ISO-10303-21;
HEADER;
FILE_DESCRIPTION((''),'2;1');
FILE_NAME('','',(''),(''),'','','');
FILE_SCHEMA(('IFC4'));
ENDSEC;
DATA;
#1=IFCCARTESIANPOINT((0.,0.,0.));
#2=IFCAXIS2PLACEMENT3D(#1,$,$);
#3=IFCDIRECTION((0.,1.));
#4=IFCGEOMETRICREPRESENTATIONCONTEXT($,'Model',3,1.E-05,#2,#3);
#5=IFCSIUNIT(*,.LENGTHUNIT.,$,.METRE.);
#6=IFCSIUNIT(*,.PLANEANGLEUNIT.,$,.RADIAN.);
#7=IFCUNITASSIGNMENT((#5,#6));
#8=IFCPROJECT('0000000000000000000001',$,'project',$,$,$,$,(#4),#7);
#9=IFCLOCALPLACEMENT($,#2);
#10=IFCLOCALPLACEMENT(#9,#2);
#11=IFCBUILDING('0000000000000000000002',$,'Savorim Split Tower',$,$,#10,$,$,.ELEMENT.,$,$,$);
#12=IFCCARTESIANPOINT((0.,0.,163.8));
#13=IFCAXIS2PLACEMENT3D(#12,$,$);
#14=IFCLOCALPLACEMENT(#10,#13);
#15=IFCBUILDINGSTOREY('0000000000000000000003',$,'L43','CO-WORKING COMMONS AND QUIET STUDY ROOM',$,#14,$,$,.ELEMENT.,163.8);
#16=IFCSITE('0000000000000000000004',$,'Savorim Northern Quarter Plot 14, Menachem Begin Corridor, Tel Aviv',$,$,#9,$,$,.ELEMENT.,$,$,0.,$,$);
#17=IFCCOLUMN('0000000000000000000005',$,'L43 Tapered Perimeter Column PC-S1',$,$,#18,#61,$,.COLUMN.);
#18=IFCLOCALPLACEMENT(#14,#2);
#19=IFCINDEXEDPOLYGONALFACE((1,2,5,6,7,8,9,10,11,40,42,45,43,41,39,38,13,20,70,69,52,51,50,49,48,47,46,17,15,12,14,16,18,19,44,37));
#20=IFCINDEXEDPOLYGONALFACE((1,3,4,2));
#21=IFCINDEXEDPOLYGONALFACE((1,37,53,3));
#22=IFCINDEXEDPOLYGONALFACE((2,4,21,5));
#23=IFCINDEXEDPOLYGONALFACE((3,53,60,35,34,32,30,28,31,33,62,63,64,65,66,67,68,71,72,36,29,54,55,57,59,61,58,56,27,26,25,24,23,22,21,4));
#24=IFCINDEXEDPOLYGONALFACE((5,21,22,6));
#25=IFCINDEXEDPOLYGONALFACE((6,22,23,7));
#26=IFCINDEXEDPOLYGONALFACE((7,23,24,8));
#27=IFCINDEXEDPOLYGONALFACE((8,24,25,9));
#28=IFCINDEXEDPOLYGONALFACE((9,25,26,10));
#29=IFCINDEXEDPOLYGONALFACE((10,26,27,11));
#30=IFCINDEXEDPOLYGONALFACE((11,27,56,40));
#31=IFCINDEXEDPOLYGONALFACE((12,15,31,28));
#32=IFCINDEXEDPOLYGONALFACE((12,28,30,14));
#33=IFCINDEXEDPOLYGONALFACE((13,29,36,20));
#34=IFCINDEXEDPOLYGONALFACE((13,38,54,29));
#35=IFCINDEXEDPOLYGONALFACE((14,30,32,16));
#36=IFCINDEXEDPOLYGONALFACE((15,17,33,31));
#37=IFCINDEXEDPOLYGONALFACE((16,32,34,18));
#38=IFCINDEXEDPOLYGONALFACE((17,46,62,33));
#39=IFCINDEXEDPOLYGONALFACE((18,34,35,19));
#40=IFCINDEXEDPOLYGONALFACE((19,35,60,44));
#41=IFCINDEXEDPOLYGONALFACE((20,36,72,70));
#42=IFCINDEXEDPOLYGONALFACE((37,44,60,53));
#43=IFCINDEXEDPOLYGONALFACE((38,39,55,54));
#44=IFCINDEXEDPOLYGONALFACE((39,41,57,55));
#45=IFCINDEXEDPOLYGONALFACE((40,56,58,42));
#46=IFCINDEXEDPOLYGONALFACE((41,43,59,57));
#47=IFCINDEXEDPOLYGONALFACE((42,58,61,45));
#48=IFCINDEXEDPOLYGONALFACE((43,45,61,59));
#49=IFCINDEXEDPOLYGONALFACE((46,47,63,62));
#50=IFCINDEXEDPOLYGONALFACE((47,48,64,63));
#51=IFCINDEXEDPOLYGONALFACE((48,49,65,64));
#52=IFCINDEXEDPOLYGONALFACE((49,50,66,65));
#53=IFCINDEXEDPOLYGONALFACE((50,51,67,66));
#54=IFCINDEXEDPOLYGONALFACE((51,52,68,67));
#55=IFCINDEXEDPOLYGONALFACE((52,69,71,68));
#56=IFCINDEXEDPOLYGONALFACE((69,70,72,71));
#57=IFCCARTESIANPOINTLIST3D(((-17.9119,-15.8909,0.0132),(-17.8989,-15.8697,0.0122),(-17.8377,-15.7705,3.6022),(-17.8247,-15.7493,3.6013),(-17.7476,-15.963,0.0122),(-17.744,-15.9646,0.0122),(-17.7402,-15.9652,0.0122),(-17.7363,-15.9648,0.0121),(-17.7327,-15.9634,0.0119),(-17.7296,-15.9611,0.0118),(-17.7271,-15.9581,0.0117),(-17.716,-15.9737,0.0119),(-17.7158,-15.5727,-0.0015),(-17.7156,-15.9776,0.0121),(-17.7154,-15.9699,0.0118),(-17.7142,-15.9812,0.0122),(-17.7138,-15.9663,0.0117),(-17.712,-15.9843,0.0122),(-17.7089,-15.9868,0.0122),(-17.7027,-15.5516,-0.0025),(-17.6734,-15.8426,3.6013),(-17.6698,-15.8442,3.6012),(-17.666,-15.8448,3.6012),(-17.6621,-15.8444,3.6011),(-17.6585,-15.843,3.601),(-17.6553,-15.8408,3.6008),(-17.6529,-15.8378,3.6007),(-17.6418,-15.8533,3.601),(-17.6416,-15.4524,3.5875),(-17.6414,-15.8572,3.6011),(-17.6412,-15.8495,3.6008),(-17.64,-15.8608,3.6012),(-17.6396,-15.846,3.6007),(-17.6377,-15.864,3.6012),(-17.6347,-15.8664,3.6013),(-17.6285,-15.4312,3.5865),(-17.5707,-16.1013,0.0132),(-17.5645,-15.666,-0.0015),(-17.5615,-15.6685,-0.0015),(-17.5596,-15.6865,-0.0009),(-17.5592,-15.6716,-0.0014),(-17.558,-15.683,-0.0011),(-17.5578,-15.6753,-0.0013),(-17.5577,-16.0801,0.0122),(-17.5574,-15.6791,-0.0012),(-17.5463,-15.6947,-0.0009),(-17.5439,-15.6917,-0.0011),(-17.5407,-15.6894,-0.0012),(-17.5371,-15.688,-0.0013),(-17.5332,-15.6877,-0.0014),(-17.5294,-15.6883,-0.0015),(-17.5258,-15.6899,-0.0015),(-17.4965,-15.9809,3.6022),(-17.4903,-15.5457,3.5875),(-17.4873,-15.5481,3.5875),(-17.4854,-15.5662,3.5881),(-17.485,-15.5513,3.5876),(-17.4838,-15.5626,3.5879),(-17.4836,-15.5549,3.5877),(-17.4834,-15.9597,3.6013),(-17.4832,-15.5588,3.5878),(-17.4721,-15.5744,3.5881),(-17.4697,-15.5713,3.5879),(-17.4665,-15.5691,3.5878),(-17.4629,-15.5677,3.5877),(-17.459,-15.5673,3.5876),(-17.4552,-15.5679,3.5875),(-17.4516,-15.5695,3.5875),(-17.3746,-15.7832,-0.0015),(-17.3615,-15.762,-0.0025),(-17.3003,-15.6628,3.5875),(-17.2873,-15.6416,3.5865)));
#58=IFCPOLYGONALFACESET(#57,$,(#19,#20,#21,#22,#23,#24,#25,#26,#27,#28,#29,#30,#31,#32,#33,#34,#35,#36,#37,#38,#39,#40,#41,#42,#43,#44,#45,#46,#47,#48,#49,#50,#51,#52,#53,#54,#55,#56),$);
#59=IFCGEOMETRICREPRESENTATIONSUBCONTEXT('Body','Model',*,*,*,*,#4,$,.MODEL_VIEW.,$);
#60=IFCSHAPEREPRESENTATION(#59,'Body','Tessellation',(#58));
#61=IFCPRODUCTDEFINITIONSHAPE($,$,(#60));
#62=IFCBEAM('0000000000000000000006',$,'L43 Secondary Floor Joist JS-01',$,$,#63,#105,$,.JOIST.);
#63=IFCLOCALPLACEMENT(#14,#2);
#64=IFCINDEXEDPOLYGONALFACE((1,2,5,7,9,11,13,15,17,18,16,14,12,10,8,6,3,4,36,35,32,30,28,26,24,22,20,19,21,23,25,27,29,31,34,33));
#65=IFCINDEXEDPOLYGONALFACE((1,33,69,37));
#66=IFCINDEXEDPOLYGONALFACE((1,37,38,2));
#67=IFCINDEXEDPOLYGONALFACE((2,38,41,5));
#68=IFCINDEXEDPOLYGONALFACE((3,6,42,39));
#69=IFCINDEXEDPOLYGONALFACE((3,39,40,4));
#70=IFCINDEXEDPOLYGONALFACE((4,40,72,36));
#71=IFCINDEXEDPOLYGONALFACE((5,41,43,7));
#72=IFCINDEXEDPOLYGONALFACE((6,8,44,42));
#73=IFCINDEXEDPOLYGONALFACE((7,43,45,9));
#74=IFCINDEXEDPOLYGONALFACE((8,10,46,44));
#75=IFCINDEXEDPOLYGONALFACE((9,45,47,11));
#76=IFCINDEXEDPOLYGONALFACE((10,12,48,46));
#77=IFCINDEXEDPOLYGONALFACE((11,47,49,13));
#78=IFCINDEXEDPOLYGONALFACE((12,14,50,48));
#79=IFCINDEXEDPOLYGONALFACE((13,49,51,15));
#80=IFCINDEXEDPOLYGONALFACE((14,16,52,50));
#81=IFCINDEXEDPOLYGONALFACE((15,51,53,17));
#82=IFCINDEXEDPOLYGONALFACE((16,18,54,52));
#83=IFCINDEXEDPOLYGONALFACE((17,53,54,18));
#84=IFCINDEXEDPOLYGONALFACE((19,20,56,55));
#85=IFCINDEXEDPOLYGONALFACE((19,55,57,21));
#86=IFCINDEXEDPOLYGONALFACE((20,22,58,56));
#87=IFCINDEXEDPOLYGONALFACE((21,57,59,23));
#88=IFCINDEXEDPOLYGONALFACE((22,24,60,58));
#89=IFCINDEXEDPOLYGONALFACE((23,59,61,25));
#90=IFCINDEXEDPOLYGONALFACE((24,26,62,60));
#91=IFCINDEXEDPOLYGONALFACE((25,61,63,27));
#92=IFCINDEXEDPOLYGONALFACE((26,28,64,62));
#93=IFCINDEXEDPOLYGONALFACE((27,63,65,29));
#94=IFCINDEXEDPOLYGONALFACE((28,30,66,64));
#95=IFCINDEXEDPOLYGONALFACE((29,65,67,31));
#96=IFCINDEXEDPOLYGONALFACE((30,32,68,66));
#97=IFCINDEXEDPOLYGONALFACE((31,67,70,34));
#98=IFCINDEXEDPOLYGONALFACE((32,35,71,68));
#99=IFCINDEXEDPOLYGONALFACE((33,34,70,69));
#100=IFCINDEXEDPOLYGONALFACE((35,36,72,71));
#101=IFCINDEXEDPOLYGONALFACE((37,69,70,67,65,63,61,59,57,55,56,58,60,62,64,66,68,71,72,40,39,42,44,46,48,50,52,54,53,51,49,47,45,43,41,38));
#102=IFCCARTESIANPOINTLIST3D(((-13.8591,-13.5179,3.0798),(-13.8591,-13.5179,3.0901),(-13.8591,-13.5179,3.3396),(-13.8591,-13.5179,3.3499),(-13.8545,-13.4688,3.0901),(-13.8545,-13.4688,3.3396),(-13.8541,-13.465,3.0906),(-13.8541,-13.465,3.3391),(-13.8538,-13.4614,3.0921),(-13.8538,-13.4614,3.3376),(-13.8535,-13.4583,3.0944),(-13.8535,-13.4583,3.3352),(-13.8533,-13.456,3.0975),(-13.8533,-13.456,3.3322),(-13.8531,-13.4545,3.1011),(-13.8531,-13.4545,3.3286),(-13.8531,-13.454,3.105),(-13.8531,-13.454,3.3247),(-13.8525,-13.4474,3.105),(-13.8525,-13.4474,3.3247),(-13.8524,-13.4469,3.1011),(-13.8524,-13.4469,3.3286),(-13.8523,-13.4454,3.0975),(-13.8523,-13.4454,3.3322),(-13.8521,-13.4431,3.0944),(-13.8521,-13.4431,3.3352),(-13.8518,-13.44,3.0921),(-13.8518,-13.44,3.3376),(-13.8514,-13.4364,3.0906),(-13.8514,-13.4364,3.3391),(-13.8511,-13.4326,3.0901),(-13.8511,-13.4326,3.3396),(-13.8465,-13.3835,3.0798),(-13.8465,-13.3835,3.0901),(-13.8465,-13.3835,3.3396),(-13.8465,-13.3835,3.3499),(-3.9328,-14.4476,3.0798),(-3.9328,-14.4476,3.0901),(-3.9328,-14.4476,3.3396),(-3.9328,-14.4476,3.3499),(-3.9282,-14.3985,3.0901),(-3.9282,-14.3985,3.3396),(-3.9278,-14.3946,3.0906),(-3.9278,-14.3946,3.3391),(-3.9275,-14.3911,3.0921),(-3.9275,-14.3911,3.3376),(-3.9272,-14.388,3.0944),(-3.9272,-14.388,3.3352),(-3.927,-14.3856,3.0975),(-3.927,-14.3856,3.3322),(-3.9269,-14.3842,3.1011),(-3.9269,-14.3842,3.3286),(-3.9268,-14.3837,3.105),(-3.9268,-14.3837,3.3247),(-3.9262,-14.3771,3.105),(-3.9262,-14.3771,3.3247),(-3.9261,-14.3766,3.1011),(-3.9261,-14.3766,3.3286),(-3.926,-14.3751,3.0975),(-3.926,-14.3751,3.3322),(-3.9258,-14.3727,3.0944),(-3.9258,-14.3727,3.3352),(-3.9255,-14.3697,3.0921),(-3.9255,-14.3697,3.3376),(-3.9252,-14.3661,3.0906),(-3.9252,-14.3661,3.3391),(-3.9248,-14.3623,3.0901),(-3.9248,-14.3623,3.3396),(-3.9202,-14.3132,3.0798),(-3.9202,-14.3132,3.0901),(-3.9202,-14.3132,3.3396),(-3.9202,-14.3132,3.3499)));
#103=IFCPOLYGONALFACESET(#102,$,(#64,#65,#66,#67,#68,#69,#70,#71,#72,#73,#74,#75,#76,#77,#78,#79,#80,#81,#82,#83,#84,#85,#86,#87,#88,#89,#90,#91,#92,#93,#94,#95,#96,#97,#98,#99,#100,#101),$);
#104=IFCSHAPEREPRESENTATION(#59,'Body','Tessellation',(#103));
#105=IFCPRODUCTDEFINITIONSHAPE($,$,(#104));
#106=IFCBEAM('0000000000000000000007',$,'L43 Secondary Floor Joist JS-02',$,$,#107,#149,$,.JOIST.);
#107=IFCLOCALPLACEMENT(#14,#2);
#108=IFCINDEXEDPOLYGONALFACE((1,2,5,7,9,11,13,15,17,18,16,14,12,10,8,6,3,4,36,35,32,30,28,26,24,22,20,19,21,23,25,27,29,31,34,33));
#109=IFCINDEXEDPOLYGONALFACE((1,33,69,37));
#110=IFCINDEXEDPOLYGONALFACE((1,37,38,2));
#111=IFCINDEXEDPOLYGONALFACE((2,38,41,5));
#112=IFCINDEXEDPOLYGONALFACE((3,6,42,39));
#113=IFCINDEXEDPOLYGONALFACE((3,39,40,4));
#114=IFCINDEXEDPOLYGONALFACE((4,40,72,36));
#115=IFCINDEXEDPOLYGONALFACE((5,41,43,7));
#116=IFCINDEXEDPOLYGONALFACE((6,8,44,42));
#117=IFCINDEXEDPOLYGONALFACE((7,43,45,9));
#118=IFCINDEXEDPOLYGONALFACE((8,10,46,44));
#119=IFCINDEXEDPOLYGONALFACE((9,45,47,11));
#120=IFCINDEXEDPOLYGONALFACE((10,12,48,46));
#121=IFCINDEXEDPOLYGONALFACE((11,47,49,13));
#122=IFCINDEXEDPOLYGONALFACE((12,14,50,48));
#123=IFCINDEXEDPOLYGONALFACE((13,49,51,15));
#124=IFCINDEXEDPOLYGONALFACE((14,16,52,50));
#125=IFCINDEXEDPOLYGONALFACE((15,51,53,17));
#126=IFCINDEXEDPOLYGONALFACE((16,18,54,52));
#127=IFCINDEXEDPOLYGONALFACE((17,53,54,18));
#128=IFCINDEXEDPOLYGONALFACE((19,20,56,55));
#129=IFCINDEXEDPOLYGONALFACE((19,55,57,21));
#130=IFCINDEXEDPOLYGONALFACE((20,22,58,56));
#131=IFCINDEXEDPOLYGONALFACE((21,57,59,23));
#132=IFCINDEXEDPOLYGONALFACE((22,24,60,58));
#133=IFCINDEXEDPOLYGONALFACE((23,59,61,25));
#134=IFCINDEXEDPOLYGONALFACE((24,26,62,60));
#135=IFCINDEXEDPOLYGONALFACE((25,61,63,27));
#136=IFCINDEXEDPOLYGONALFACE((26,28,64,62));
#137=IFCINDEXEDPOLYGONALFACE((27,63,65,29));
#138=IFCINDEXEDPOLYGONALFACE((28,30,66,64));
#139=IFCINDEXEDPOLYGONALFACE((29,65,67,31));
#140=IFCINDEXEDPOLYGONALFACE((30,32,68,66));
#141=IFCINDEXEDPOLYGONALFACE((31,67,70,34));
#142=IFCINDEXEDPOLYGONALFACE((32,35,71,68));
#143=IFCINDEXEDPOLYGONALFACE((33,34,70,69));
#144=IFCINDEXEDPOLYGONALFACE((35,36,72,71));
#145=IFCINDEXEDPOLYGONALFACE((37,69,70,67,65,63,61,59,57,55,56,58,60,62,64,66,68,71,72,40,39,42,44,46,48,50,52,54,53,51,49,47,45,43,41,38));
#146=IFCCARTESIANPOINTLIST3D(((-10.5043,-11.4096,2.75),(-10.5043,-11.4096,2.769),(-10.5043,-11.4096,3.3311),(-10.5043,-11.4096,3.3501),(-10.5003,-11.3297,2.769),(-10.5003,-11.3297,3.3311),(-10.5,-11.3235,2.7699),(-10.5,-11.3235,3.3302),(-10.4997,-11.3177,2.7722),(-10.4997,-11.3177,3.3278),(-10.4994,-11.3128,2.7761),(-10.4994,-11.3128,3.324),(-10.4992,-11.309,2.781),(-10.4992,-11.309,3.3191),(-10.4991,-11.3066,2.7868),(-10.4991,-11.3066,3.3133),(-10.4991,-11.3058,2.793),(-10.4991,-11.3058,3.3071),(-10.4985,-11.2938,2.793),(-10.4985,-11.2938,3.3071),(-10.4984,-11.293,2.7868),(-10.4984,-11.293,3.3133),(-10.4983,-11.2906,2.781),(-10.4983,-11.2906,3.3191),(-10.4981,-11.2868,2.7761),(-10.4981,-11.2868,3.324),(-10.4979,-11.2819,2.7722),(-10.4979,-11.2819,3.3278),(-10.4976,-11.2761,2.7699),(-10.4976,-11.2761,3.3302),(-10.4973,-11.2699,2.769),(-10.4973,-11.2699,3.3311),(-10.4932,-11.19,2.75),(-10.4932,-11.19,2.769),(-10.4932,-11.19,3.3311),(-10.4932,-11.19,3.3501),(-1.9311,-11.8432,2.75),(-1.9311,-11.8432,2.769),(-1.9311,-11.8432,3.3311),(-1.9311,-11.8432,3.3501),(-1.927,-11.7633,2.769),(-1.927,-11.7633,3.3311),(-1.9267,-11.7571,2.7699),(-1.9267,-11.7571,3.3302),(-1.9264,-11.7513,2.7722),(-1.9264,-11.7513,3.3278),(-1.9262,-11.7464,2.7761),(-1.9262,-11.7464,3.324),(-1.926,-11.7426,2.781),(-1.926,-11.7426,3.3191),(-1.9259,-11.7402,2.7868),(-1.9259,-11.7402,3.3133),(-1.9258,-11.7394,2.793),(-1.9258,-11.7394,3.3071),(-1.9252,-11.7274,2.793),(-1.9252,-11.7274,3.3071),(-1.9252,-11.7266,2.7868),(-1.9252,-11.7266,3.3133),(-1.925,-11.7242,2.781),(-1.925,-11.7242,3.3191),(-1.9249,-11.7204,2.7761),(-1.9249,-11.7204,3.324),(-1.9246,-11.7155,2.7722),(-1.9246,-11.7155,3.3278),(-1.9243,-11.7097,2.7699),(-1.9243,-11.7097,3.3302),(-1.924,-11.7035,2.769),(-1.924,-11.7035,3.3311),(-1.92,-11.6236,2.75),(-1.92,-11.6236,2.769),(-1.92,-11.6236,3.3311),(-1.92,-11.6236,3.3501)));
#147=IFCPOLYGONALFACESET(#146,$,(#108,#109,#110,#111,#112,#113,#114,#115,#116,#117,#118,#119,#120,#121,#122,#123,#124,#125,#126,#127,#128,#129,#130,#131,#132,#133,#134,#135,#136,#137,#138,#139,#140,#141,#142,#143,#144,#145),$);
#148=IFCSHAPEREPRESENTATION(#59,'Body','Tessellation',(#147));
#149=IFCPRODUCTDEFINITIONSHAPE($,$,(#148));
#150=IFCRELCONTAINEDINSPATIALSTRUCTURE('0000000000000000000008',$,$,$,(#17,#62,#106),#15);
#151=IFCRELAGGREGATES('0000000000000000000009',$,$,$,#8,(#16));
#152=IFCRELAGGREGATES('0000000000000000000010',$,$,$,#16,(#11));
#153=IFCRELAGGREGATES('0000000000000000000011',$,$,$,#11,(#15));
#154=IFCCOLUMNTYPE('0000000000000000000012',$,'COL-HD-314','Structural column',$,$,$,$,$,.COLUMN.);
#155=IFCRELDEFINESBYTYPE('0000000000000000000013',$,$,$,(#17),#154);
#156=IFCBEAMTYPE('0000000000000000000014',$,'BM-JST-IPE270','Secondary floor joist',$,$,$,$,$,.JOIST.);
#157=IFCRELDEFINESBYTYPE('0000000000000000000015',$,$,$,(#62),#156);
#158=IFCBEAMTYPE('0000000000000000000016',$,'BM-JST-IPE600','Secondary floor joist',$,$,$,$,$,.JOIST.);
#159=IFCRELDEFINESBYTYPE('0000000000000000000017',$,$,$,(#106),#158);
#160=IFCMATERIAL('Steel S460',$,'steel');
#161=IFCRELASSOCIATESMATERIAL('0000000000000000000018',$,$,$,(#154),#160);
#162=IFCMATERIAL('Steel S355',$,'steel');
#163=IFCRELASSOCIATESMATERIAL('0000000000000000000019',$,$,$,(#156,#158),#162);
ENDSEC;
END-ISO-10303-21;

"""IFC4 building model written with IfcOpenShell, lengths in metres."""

from ifc_helpers import new_model, si_unit, direction, frame, origin, origin_2d, place, context, subcontext, project, spatial, i_section, extrude, material, material_profile, profile_set, type_object, element, save


model = new_model("IFC4")

# Units and contexts
model_context = context("Model", 3, precision=1e-05, world=origin(), true_north=direction((0.0, 1.0)))
body_context = subcontext(model_context, "Body", "Model", "MODEL_VIEW")
ifc_project = project(units=[si_unit("LENGTHUNIT", "METRE"), si_unit("PLANEANGLEUNIT", "RADIAN")], contexts=[model_context])

# Site, building, storey
site_placement = place(None, origin())
site = spatial("IfcSite", under=ifc_project, at=site_placement, Name="Savorim Northern Quarter Plot 14, Menachem Begin Corridor, Tel Aviv", CompositionType="ELEMENT", RefElevation=0.0)
building_placement = place(site_placement, origin())
building = spatial("IfcBuilding", under=site, at=building_placement, Name="Savorim Split Tower", CompositionType="ELEMENT")
storey_placement = place(building_placement, frame((0.0, 0.0, 163.8)))
storey = spatial("IfcBuildingStorey", under=building, at=storey_placement, Name="L43", Description="CO-WORKING COMMONS AND QUIET STUDY ROOM", CompositionType="ELEMENT", Elevation=163.8)

# Column
ifc_material_1 = material(Name="Steel S460", Category="steel")
ifc_material_profile_1 = material_profile(ifc_material_1, i_section(OverallWidth=0.4009, OverallDepth=0.3989, WebThickness=0.0156, FlangeThickness=0.0249, FilletRadius=0.0149, at=origin_2d()), Name="HD 400x314")
ifc_profile_set_1 = profile_set([ifc_material_profile_1], Name="Steel S460")
column_type = type_object("IfcColumnType", Name="COL-HD-314", Description="Structural column", PredefinedType="COLUMN", material=ifc_profile_set_1)
column_placement = place(storey_placement, frame((-17.6367, -15.8264, 0.0054), z_axis=(0.020663, 0.033509, 0.999225), x_axis=(-0.851184, 0.524868, 0.0)))
element("IfcColumn", 1, at=column_placement, inside=storey, type_object=column_type, Name="L43 Tapered Perimeter Column PC-S1", PredefinedType="COLUMN", context=body_context, shape_type="SweptSolid", body=[
    extrude(i_section(OverallWidth=0.4009, OverallDepth=0.3989, WebThickness=0.0156, FlangeThickness=0.0249, FilletRadius=0.0149, at=origin_2d()), origin(), (0.0, 0.0, 1.0), 3.5918),
])

# Beams
ifc_material_2 = material(Name="Steel S355", Category="steel")
ifc_material_profile_2 = material_profile(ifc_material_2, i_section(OverallWidth=0.135, OverallDepth=0.27, WebThickness=0.0066, FlangeThickness=0.0103, FilletRadius=0.0149, at=origin_2d()), Name="IPE 270")
ifc_profile_set_2 = profile_set([ifc_material_profile_2], Name="Steel S355")
beam_type_1 = type_object("IfcBeamType", Name="BM-JST-IPE270", Description="Secondary floor joist", PredefinedType="JOIST", material=ifc_profile_set_2)
beam_1_placement = place(storey_placement, frame((-13.8528, -13.4507, 3.2148), z_axis=(0.995643, -0.093251, 0.0), x_axis=(0.093251, 0.995643, 0.0)))
element("IfcBeam", 2, at=beam_1_placement, inside=storey, type_object=beam_type_1, Name="L43 Secondary Floor Joist JS-01", PredefinedType="JOIST", context=body_context, shape_type="SweptSolid", body=[
    extrude(i_section(OverallWidth=0.135, OverallDepth=0.27, WebThickness=0.0066, FlangeThickness=0.0103, FilletRadius=0.0149, at=origin_2d()), origin(), (0.0, 0.0, 1.0), 9.9697),
])
ifc_material_profile_3 = material_profile(ifc_material_2, i_section(OverallWidth=0.22, OverallDepth=0.6001, WebThickness=0.012, FlangeThickness=0.019, FilletRadius=0.0239, at=origin_2d()), Name="IPE 600")
ifc_profile_set_3 = profile_set([ifc_material_profile_3], Name="Steel S355")
beam_type_2 = type_object("IfcBeamType", Name="BM-JST-IPE600", Description="Secondary floor joist", PredefinedType="JOIST", material=ifc_profile_set_3)
beam_2_placement = place(storey_placement, frame((-10.4988, -11.2998, 3.05), z_axis=(0.998724, -0.050511, 0.0), x_axis=(0.050511, 0.998724, 0.0)))
element("IfcBeam", 3, at=beam_2_placement, inside=storey, type_object=beam_type_2, Name="L43 Secondary Floor Joist JS-02", PredefinedType="JOIST", context=body_context, shape_type="SweptSolid", body=[
    extrude(i_section(OverallWidth=0.22, OverallDepth=0.6001, WebThickness=0.012, FlangeThickness=0.019, FilletRadius=0.0239, at=origin_2d()), origin(), (0.0, 0.0, 1.0), 8.5842),
])

save(model, "model.ifc")
